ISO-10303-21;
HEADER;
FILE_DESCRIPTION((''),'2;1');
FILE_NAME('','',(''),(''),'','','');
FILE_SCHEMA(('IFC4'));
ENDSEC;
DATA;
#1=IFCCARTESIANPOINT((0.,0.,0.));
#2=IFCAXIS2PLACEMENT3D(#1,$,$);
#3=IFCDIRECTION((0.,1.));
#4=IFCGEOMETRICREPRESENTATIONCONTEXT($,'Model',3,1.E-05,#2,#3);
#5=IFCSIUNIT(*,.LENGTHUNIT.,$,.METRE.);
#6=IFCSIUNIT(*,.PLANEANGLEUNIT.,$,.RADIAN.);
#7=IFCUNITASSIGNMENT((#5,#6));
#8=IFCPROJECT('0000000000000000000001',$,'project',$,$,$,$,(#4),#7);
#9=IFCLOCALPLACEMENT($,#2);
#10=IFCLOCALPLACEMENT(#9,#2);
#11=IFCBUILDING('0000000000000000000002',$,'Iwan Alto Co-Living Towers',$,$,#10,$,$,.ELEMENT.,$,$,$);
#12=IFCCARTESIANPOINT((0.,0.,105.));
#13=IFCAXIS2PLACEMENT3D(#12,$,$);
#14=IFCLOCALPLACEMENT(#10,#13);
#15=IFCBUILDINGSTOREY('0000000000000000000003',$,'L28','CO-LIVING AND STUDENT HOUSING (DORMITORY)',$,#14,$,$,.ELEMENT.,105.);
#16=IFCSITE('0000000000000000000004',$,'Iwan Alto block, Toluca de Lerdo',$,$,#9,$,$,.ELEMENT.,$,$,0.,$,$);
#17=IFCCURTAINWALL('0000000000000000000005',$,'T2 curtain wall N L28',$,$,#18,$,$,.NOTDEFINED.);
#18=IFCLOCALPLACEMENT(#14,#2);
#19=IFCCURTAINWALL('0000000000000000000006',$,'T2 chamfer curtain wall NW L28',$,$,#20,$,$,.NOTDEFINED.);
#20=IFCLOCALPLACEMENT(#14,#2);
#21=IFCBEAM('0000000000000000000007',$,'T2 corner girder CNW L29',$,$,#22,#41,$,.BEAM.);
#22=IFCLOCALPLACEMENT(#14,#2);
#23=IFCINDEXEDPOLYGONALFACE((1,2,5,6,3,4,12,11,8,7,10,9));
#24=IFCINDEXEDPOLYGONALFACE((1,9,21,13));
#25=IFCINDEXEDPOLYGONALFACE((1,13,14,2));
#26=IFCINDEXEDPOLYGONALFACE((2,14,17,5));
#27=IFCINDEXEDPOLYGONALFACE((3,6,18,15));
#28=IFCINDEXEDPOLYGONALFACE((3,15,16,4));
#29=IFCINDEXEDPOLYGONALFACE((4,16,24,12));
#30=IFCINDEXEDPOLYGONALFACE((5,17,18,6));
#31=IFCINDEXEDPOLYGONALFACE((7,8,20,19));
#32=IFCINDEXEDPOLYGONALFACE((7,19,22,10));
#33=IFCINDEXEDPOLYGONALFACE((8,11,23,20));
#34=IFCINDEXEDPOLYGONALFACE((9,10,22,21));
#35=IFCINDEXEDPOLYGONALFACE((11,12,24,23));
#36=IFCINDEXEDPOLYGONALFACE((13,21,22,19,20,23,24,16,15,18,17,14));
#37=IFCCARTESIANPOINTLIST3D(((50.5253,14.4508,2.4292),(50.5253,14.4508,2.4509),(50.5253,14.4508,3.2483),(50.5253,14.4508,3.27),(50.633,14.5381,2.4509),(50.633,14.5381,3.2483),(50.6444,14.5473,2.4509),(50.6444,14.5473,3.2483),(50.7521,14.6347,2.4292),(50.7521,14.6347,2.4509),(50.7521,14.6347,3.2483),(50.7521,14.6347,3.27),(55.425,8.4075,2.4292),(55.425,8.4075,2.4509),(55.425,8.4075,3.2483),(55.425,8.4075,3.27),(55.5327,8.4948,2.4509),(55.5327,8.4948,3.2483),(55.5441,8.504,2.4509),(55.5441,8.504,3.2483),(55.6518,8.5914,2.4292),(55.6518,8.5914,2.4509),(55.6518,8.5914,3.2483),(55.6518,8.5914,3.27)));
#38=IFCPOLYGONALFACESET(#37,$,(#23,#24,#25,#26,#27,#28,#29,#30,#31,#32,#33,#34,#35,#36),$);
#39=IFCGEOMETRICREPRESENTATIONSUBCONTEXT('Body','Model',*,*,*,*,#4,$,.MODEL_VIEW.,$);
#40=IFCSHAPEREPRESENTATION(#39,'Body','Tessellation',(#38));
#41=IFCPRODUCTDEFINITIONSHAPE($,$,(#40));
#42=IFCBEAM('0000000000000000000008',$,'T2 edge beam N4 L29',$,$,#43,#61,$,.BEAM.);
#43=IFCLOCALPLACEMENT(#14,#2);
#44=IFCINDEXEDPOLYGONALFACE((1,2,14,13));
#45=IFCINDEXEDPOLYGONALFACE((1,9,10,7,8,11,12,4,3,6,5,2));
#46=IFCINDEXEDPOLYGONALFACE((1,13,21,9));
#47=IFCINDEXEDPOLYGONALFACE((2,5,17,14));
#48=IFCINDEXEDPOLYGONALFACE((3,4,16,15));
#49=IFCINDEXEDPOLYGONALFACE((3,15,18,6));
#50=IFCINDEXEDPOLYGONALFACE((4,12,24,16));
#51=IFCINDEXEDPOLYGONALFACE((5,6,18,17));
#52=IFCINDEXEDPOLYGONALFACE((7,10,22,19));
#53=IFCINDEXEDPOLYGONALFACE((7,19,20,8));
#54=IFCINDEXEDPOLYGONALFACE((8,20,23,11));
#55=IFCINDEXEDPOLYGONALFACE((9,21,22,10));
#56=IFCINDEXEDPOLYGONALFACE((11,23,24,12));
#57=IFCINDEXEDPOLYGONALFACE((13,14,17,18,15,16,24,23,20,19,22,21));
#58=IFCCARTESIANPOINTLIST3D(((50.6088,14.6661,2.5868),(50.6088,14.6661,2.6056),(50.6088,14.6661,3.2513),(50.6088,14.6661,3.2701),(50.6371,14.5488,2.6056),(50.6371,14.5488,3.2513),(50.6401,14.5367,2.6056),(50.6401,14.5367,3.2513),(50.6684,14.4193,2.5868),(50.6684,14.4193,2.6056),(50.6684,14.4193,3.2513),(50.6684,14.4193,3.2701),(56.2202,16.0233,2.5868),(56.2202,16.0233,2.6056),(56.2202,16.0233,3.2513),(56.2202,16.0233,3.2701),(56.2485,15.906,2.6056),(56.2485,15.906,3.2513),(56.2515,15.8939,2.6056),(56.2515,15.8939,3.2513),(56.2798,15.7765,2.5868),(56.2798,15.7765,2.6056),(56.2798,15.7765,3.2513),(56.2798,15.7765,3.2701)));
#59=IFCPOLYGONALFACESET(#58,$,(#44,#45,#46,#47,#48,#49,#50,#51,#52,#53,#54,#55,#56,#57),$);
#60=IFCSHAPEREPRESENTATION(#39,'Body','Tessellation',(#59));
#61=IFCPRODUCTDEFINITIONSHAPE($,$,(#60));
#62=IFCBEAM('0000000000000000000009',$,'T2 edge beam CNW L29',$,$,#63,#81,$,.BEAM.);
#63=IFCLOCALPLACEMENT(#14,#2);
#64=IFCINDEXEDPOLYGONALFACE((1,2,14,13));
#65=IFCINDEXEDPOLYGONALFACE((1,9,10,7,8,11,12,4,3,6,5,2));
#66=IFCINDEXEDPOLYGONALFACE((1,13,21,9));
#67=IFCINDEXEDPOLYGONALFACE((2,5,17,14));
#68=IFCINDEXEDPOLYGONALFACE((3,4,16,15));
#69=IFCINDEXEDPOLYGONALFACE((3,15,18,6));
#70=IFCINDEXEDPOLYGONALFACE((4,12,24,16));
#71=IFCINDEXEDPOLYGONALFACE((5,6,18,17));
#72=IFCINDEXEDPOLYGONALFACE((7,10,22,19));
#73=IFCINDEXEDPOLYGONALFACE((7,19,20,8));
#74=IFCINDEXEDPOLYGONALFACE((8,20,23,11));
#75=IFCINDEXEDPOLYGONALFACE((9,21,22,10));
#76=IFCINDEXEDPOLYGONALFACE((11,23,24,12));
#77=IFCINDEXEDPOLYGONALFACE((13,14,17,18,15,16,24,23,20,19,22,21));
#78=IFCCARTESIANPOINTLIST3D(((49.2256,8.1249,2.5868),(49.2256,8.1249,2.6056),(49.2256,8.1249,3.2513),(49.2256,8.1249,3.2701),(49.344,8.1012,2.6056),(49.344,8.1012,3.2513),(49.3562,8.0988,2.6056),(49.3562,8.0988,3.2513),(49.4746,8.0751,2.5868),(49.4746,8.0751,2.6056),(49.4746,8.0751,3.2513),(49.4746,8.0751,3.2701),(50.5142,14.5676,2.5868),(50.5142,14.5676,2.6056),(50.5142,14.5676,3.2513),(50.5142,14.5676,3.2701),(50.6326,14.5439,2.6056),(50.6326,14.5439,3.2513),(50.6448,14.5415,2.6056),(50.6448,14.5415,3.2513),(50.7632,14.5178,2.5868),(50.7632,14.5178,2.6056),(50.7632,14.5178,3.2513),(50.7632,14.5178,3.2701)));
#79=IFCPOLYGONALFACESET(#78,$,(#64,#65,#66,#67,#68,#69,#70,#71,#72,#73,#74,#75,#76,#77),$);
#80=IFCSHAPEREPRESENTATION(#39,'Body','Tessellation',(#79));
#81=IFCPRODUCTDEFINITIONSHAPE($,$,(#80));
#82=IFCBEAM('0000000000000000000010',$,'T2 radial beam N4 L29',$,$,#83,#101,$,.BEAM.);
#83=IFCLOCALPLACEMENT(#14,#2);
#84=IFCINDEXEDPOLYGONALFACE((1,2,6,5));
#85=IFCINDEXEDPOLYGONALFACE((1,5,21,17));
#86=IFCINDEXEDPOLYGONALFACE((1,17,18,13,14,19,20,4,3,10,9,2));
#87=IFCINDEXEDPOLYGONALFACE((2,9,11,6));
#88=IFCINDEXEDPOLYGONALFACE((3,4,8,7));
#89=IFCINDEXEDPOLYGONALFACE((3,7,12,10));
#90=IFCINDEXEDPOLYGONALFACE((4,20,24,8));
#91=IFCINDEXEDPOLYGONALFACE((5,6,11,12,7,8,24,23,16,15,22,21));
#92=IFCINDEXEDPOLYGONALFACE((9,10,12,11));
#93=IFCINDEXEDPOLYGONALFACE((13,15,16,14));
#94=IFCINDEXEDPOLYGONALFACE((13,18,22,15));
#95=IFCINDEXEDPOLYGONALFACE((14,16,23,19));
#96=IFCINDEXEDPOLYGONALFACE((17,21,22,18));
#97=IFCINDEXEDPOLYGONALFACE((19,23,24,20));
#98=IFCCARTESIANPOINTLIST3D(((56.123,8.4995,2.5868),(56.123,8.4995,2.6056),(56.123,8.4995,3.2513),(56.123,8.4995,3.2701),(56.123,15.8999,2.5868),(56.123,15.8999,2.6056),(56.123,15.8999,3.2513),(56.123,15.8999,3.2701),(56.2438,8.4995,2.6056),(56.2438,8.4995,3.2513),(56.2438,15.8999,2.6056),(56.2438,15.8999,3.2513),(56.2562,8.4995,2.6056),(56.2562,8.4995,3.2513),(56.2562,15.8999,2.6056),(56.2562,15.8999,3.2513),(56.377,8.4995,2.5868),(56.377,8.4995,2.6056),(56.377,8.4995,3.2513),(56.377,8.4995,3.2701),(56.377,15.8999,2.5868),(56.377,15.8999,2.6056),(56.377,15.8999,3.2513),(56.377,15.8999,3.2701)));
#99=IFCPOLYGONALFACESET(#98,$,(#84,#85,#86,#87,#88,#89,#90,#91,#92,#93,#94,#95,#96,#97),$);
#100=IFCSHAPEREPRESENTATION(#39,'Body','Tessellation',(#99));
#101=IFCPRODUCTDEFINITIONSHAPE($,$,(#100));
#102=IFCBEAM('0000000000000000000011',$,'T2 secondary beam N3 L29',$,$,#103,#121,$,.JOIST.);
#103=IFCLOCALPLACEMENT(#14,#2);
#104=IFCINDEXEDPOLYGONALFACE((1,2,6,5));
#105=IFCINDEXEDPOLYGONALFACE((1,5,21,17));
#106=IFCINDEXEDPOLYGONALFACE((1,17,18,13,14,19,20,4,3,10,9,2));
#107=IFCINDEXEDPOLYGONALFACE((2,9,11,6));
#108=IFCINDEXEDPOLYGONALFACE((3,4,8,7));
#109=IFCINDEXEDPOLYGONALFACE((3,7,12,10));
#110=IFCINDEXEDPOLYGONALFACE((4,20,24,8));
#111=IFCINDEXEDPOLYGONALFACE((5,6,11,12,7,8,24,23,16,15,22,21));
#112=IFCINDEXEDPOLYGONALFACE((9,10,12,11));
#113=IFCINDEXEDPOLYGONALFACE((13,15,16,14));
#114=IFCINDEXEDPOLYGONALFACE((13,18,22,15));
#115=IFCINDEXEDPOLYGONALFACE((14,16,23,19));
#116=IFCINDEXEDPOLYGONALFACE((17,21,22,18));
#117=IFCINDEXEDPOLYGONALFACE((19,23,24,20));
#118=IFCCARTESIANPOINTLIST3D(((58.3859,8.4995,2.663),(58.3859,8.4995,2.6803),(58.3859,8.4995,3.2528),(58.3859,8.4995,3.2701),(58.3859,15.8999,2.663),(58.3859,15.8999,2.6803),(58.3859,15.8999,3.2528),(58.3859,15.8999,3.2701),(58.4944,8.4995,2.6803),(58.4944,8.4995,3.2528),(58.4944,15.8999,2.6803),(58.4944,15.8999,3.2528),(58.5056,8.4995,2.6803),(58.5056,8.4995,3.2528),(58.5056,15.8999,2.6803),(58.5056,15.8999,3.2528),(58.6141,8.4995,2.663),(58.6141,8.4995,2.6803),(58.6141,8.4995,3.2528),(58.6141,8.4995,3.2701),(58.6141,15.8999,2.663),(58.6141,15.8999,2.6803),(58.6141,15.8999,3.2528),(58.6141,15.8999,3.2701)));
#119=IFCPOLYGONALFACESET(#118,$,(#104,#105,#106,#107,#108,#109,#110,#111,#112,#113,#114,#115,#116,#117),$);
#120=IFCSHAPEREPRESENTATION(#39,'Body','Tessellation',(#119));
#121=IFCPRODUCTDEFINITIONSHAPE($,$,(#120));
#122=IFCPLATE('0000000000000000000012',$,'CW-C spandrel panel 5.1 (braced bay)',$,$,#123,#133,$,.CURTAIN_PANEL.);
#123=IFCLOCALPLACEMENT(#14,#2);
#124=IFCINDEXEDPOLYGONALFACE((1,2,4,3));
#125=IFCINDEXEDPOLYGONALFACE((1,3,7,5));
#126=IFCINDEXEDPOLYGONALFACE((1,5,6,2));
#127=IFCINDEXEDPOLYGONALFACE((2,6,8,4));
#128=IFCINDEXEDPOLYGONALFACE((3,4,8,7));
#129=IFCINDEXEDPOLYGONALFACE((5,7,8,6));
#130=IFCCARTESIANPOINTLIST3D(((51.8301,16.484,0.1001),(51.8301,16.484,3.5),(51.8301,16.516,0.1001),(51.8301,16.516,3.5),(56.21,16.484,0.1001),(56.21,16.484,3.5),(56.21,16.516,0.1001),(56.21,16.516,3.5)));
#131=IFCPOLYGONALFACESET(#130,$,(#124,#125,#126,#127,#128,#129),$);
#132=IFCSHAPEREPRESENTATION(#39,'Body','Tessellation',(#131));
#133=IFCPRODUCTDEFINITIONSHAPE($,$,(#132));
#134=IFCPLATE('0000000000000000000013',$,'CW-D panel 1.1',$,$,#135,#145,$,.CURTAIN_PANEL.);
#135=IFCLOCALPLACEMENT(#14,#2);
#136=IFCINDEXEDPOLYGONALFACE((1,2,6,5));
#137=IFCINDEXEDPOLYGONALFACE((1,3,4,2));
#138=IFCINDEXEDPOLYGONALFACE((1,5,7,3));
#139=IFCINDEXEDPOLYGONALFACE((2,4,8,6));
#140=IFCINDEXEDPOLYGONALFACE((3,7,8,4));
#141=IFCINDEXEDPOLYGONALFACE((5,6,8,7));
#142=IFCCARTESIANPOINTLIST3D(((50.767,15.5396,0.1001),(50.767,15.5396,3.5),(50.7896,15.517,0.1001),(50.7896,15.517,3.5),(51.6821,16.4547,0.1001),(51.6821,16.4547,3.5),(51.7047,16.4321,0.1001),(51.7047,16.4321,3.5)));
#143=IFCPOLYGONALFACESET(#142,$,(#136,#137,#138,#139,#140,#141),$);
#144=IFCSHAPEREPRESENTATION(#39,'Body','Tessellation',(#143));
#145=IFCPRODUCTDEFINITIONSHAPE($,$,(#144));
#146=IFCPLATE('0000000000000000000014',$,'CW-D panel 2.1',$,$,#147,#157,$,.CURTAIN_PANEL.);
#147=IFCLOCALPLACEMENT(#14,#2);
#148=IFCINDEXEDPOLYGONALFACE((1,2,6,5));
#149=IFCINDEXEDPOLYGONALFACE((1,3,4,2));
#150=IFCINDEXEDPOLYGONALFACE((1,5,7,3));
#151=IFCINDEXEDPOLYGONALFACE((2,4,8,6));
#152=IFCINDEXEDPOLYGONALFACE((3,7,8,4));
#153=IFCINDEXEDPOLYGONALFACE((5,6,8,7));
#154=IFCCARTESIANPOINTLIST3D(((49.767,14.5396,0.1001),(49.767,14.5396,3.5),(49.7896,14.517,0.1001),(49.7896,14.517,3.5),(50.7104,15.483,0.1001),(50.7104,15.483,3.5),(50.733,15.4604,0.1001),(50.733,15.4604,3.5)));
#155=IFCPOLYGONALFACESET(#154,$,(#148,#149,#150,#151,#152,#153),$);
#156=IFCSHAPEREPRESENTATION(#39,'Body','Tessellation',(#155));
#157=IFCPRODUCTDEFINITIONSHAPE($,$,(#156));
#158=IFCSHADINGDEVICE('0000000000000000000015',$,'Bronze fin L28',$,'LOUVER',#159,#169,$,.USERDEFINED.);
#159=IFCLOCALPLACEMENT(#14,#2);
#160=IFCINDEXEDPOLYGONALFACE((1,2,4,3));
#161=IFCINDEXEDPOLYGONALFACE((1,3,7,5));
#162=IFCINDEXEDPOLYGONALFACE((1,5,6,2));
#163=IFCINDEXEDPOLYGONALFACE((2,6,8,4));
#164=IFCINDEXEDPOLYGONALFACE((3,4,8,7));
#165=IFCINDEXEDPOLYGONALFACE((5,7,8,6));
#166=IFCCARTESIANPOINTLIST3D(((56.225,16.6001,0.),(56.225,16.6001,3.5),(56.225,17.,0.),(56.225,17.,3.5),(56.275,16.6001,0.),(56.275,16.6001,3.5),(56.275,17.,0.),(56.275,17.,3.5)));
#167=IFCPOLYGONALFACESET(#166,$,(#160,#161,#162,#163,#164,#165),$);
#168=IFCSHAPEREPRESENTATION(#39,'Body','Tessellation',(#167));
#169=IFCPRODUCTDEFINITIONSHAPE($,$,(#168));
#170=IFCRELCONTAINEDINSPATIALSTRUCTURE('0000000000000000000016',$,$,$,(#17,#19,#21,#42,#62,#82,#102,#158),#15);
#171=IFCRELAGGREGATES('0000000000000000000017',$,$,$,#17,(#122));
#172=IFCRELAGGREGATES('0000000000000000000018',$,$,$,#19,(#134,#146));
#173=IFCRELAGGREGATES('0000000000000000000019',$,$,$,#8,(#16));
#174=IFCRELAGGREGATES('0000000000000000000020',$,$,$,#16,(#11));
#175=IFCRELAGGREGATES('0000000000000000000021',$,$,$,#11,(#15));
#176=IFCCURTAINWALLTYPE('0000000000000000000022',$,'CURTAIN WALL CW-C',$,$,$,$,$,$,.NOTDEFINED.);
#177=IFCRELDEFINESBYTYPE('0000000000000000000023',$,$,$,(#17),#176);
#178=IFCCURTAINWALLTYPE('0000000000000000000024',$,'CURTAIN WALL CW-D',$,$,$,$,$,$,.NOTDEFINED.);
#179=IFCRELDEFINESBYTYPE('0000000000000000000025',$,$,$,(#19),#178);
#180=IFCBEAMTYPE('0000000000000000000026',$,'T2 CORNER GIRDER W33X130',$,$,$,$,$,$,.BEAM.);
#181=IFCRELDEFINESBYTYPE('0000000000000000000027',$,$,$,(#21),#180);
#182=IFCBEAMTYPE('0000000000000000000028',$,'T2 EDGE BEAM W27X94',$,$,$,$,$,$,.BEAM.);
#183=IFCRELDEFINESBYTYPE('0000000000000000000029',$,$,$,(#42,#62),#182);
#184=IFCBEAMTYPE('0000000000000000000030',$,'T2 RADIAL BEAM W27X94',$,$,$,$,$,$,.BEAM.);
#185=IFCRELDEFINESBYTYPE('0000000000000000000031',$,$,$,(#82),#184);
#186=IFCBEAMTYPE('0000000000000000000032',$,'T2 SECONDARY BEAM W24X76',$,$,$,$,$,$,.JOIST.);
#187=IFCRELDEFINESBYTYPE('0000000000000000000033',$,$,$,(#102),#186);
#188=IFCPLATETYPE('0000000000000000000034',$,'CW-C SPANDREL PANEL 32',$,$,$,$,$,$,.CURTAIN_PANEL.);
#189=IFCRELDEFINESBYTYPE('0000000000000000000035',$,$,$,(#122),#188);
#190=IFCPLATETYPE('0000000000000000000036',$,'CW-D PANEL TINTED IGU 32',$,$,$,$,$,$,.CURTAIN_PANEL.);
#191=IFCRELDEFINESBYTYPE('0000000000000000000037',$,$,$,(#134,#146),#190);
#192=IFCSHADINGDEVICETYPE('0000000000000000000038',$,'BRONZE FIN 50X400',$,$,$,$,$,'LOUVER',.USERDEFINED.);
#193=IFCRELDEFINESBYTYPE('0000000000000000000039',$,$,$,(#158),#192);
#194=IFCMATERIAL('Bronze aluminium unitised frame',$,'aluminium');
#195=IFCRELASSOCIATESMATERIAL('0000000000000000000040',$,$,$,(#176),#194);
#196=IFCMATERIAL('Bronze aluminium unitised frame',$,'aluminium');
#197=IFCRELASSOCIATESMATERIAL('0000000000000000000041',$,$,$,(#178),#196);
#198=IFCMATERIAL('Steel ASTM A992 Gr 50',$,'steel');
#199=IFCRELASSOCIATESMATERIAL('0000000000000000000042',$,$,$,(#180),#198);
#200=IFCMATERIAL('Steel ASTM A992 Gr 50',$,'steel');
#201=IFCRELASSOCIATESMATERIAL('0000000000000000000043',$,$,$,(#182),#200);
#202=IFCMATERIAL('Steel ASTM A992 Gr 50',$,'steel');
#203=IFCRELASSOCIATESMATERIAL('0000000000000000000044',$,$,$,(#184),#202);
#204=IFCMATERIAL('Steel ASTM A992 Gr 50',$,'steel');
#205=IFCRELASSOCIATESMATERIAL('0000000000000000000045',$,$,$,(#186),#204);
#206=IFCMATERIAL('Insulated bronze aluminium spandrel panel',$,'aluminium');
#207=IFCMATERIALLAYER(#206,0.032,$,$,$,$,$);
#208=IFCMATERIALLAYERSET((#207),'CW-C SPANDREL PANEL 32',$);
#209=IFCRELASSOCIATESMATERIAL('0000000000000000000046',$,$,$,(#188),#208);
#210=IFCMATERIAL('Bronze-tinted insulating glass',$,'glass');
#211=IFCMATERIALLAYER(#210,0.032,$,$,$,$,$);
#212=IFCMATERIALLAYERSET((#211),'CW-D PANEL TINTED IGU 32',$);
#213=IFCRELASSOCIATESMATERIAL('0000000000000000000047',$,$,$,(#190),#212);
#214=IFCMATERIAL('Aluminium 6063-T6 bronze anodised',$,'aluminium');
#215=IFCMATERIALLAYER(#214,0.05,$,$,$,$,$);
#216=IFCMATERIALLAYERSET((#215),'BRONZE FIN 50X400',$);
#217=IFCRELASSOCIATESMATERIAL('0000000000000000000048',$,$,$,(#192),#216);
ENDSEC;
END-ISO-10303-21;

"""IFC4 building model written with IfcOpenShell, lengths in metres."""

from ifc_helpers import new_model, si_unit, direction, frame, origin, origin_2d, place, context, subcontext, project, spatial, rectangle, i_section, extrude, material, layer, layer_set, material_profile, profile_set, type_object, element, aggregate, save


model = new_model("IFC4")

# Units and contexts
model_context = context("Model", 3, precision=1e-05, world=origin(), true_north=direction((0.0, 1.0)))
body_context = subcontext(model_context, "Body", "Model", "MODEL_VIEW")
ifc_project = project(units=[si_unit("LENGTHUNIT", "METRE"), si_unit("PLANEANGLEUNIT", "RADIAN")], contexts=[model_context])

# Site, building, storey
site_placement = place(None, origin())
site = spatial("IfcSite", under=ifc_project, at=site_placement, Name="Iwan Alto block, Toluca de Lerdo", CompositionType="ELEMENT", RefElevation=0.0)
building_placement = place(site_placement, origin())
building = spatial("IfcBuilding", under=site, at=building_placement, Name="Iwan Alto Co-Living Towers", CompositionType="ELEMENT")
storey_placement = place(building_placement, frame((0.0, 0.0, 105.0)))
storey = spatial("IfcBuildingStorey", under=building, at=storey_placement, Name="L28", Description="CO-LIVING AND STUDENT HOUSING (DORMITORY)", CompositionType="ELEMENT", Elevation=105.0)

# Curtain walls
ifc_material_1 = material(Name="Bronze aluminium unitised frame", Category="aluminium")
curtain_wall_type_1 = type_object("IfcCurtainWallType", Name="CURTAIN WALL CW-C", PredefinedType="NOTDEFINED", material=ifc_material_1)
curtain_wall_1_placement = place(storey_placement, origin())
curtain_wall_1 = element("IfcCurtainWall", 1, at=curtain_wall_1_placement, inside=storey, type_object=curtain_wall_type_1, Name="T2 curtain wall N L28", PredefinedType="NOTDEFINED")
ifc_material_2 = material(Name="Bronze aluminium unitised frame", Category="aluminium")
curtain_wall_type_2 = type_object("IfcCurtainWallType", Name="CURTAIN WALL CW-D", PredefinedType="NOTDEFINED", material=ifc_material_2)
curtain_wall_2_placement = place(storey_placement, origin())
curtain_wall_2 = element("IfcCurtainWall", 2, at=curtain_wall_2_placement, inside=storey, type_object=curtain_wall_type_2, Name="T2 chamfer curtain wall NW L28", PredefinedType="NOTDEFINED")

# Beams
ifc_material_3 = material(Name="Steel ASTM A992 Gr 50", Category="steel")
ifc_material_profile_1 = material_profile(ifc_material_3, i_section(OverallWidth=0.292, OverallDepth=0.8408, WebThickness=0.0146, FlangeThickness=0.0217, at=origin_2d()), Name="W33X130")
ifc_profile_set_1 = profile_set([ifc_material_profile_1], Name="Steel ASTM A992 Gr 50")
beam_type_1 = type_object("IfcBeamType", Name="T2 CORNER GIRDER W33X130", PredefinedType="BEAM", material=ifc_profile_set_1)
beam_1_placement = place(storey_placement, frame((50.6387, 14.5427, 2.8496), z_axis=(0.629783, -0.776771, 0.0), x_axis=(0.776771, 0.629783, 0.0)))
element("IfcBeam", 3, at=beam_1_placement, inside=storey, type_object=beam_type_1, Name="T2 corner girder CNW L29", PredefinedType="BEAM", context=body_context, shape_type="SweptSolid", body=[
    extrude(i_section(OverallWidth=0.292, OverallDepth=0.8408, WebThickness=0.0146, FlangeThickness=0.0217, at=origin_2d()), origin(), (0.0, 0.0, 1.0), 7.78),
])
ifc_material_4 = material(Name="Steel ASTM A992 Gr 50", Category="steel")
ifc_material_profile_2 = material_profile(ifc_material_4, i_section(OverallWidth=0.2539, OverallDepth=0.6833, WebThickness=0.0125, FlangeThickness=0.0188, at=origin_2d()), Name="W27X94")
ifc_profile_set_2 = profile_set([ifc_material_profile_2], Name="Steel ASTM A992 Gr 50")
beam_type_2 = type_object("IfcBeamType", Name="T2 EDGE BEAM W27X94", PredefinedType="BEAM", material=ifc_profile_set_2)
beam_2_placement = place(storey_placement, frame((56.25, 15.8999, 2.9285), z_axis=(-0.971975, -0.235086, 0.0), x_axis=(0.235086, -0.971975, 0.0)))
element("IfcBeam", 4, at=beam_2_placement, inside=storey, type_object=beam_type_2, Name="T2 edge beam N4 L29", PredefinedType="BEAM", context=body_context, shape_type="SweptSolid", body=[
    extrude(i_section(OverallWidth=0.2539, OverallDepth=0.6833, WebThickness=0.0125, FlangeThickness=0.0188, at=origin_2d()), origin(), (0.0, 0.0, 1.0), 5.7732),
])
beam_3_placement = place(storey_placement, frame((50.6387, 14.5427, 2.9285), z_axis=(-0.196123, -0.980579, 0.0), x_axis=(0.980579, -0.196123, 0.0)))
element("IfcBeam", 5, at=beam_3_placement, inside=storey, type_object=beam_type_2, Name="T2 edge beam CNW L29", PredefinedType="BEAM", context=body_context, shape_type="SweptSolid", body=[
    extrude(i_section(OverallWidth=0.2539, OverallDepth=0.6833, WebThickness=0.0125, FlangeThickness=0.0188, at=origin_2d()), origin(), (0.0, 0.0, 1.0), 6.5703),
])
ifc_material_5 = material(Name="Steel ASTM A992 Gr 50", Category="steel")
ifc_material_profile_3 = material_profile(ifc_material_5, i_section(OverallWidth=0.2539, OverallDepth=0.6833, WebThickness=0.0125, FlangeThickness=0.0188, at=origin_2d()), Name="W27X94")
ifc_profile_set_3 = profile_set([ifc_material_profile_3], Name="Steel ASTM A992 Gr 50")
beam_type_3 = type_object("IfcBeamType", Name="T2 RADIAL BEAM W27X94", PredefinedType="BEAM", material=ifc_profile_set_3)
beam_4_placement = place(storey_placement, frame((56.25, 15.8999, 2.9285), z_axis=(0.0, -1.0, 0.0), x_axis=(1.0, 0.0, 0.0)))
element("IfcBeam", 6, at=beam_4_placement, inside=storey, type_object=beam_type_3, Name="T2 radial beam N4 L29", PredefinedType="BEAM", context=body_context, shape_type="SweptSolid", body=[
    extrude(i_section(OverallWidth=0.2539, OverallDepth=0.6833, WebThickness=0.0125, FlangeThickness=0.0188, at=origin_2d()), origin(), (0.0, 0.0, 1.0), 7.4004),
])
ifc_material_6 = material(Name="Steel ASTM A992 Gr 50", Category="steel")
ifc_material_profile_4 = material_profile(ifc_material_6, i_section(OverallWidth=0.2283, OverallDepth=0.6072, WebThickness=0.0112, FlangeThickness=0.0173, at=origin_2d()), Name="W24X76")
ifc_profile_set_4 = profile_set([ifc_material_profile_4], Name="Steel ASTM A992 Gr 50")
beam_type_4 = type_object("IfcBeamType", Name="T2 SECONDARY BEAM W24X76", PredefinedType="JOIST", material=ifc_profile_set_4)
beam_5_placement = place(storey_placement, frame((58.5, 15.8999, 2.9666), z_axis=(0.0, -1.0, 0.0), x_axis=(1.0, 0.0, 0.0)))
element("IfcBeam", 7, at=beam_5_placement, inside=storey, type_object=beam_type_4, Name="T2 secondary beam N3 L29", PredefinedType="JOIST", context=body_context, shape_type="SweptSolid", body=[
    extrude(i_section(OverallWidth=0.2283, OverallDepth=0.6072, WebThickness=0.0112, FlangeThickness=0.0173, at=origin_2d()), origin(), (0.0, 0.0, 1.0), 7.4004),
])

# Plates
ifc_material_7 = material(Name="Insulated bronze aluminium spandrel panel", Category="aluminium")
ifc_layer_1 = layer(ifc_material_7, 0.032)
ifc_layer_set_1 = layer_set([ifc_layer_1], Name="CW-C SPANDREL PANEL 32")
plate_type_1 = type_object("IfcPlateType", Name="CW-C SPANDREL PANEL 32", PredefinedType="CURTAIN_PANEL", material=ifc_layer_set_1)
plate_1_placement = place(storey_placement, frame((54.02, 16.5, 0.1001), z_axis=(0.0, 0.0, 1.0), x_axis=(-1.0, 0.0, 0.0)))
plate_1 = element("IfcPlate", 8, at=plate_1_placement, type_object=plate_type_1, Name="CW-C spandrel panel 5.1 (braced bay)", PredefinedType="CURTAIN_PANEL", context=body_context, shape_type="SweptSolid", body=[
    extrude(rectangle(XDim=4.3799, YDim=0.032, at=origin_2d()), origin(), (0.0, 0.0, 1.0), 3.3999),
])
aggregate(curtain_wall_1, [plate_1])
ifc_material_8 = material(Name="Bronze-tinted insulating glass", Category="glass")
ifc_layer_2 = layer(ifc_material_8, 0.032)
ifc_layer_set_2 = layer_set([ifc_layer_2], Name="CW-D PANEL TINTED IGU 32")
plate_type_2 = type_object("IfcPlateType", Name="CW-D PANEL TINTED IGU 32", PredefinedType="CURTAIN_PANEL", material=ifc_layer_set_2)
plate_2_placement = place(storey_placement, frame((51.2358, 15.9858, 0.1001), z_axis=(0.0, 0.0, 1.0), x_axis=(-0.707107, -0.707107, 0.0)))
plate_2 = element("IfcPlate", 9, at=plate_2_placement, type_object=plate_type_2, Name="CW-D panel 1.1", PredefinedType="CURTAIN_PANEL", context=body_context, shape_type="SweptSolid", body=[
    extrude(rectangle(XDim=1.2942, YDim=0.032, at=origin_2d()), origin(), (0.0, 0.0, 1.0), 3.3999),
])
plate_3_placement = place(storey_placement, frame((50.25, 15.0, 0.1001), z_axis=(0.0, 0.0, 1.0), x_axis=(-0.707107, -0.707107, 0.0)))
plate_3 = element("IfcPlate", 10, at=plate_3_placement, type_object=plate_type_2, Name="CW-D panel 2.1", PredefinedType="CURTAIN_PANEL", context=body_context, shape_type="SweptSolid", body=[
    extrude(rectangle(XDim=1.3342, YDim=0.032, at=origin_2d()), origin(), (0.0, 0.0, 1.0), 3.3999),
])
aggregate(curtain_wall_2, [plate_2, plate_3])

# Shading device
ifc_material_9 = material(Name="Aluminium 6063-T6 bronze anodised", Category="aluminium")
ifc_layer_3 = layer(ifc_material_9, 0.05)
ifc_layer_set_3 = layer_set([ifc_layer_3], Name="BRONZE FIN 50X400")
shading_device_type = type_object("IfcShadingDeviceType", Name="BRONZE FIN 50X400", ElementType="LOUVER", PredefinedType="USERDEFINED", material=ifc_layer_set_3)
shading_device_placement = place(storey_placement, frame((56.25, 16.8, 0.0), z_axis=(0.0, 0.0, 1.0), x_axis=(-1.0, 0.0, 0.0)))
element("IfcShadingDevice", 11, at=shading_device_placement, inside=storey, type_object=shading_device_type, Name="Bronze fin L28", ObjectType="LOUVER", PredefinedType="USERDEFINED", context=body_context, shape_type="SweptSolid", body=[
    extrude(rectangle(XDim=0.05, YDim=0.3999, at=origin_2d()), origin(), (0.0, 0.0, 1.0), 3.5),
])

save(model, "model.ifc")
